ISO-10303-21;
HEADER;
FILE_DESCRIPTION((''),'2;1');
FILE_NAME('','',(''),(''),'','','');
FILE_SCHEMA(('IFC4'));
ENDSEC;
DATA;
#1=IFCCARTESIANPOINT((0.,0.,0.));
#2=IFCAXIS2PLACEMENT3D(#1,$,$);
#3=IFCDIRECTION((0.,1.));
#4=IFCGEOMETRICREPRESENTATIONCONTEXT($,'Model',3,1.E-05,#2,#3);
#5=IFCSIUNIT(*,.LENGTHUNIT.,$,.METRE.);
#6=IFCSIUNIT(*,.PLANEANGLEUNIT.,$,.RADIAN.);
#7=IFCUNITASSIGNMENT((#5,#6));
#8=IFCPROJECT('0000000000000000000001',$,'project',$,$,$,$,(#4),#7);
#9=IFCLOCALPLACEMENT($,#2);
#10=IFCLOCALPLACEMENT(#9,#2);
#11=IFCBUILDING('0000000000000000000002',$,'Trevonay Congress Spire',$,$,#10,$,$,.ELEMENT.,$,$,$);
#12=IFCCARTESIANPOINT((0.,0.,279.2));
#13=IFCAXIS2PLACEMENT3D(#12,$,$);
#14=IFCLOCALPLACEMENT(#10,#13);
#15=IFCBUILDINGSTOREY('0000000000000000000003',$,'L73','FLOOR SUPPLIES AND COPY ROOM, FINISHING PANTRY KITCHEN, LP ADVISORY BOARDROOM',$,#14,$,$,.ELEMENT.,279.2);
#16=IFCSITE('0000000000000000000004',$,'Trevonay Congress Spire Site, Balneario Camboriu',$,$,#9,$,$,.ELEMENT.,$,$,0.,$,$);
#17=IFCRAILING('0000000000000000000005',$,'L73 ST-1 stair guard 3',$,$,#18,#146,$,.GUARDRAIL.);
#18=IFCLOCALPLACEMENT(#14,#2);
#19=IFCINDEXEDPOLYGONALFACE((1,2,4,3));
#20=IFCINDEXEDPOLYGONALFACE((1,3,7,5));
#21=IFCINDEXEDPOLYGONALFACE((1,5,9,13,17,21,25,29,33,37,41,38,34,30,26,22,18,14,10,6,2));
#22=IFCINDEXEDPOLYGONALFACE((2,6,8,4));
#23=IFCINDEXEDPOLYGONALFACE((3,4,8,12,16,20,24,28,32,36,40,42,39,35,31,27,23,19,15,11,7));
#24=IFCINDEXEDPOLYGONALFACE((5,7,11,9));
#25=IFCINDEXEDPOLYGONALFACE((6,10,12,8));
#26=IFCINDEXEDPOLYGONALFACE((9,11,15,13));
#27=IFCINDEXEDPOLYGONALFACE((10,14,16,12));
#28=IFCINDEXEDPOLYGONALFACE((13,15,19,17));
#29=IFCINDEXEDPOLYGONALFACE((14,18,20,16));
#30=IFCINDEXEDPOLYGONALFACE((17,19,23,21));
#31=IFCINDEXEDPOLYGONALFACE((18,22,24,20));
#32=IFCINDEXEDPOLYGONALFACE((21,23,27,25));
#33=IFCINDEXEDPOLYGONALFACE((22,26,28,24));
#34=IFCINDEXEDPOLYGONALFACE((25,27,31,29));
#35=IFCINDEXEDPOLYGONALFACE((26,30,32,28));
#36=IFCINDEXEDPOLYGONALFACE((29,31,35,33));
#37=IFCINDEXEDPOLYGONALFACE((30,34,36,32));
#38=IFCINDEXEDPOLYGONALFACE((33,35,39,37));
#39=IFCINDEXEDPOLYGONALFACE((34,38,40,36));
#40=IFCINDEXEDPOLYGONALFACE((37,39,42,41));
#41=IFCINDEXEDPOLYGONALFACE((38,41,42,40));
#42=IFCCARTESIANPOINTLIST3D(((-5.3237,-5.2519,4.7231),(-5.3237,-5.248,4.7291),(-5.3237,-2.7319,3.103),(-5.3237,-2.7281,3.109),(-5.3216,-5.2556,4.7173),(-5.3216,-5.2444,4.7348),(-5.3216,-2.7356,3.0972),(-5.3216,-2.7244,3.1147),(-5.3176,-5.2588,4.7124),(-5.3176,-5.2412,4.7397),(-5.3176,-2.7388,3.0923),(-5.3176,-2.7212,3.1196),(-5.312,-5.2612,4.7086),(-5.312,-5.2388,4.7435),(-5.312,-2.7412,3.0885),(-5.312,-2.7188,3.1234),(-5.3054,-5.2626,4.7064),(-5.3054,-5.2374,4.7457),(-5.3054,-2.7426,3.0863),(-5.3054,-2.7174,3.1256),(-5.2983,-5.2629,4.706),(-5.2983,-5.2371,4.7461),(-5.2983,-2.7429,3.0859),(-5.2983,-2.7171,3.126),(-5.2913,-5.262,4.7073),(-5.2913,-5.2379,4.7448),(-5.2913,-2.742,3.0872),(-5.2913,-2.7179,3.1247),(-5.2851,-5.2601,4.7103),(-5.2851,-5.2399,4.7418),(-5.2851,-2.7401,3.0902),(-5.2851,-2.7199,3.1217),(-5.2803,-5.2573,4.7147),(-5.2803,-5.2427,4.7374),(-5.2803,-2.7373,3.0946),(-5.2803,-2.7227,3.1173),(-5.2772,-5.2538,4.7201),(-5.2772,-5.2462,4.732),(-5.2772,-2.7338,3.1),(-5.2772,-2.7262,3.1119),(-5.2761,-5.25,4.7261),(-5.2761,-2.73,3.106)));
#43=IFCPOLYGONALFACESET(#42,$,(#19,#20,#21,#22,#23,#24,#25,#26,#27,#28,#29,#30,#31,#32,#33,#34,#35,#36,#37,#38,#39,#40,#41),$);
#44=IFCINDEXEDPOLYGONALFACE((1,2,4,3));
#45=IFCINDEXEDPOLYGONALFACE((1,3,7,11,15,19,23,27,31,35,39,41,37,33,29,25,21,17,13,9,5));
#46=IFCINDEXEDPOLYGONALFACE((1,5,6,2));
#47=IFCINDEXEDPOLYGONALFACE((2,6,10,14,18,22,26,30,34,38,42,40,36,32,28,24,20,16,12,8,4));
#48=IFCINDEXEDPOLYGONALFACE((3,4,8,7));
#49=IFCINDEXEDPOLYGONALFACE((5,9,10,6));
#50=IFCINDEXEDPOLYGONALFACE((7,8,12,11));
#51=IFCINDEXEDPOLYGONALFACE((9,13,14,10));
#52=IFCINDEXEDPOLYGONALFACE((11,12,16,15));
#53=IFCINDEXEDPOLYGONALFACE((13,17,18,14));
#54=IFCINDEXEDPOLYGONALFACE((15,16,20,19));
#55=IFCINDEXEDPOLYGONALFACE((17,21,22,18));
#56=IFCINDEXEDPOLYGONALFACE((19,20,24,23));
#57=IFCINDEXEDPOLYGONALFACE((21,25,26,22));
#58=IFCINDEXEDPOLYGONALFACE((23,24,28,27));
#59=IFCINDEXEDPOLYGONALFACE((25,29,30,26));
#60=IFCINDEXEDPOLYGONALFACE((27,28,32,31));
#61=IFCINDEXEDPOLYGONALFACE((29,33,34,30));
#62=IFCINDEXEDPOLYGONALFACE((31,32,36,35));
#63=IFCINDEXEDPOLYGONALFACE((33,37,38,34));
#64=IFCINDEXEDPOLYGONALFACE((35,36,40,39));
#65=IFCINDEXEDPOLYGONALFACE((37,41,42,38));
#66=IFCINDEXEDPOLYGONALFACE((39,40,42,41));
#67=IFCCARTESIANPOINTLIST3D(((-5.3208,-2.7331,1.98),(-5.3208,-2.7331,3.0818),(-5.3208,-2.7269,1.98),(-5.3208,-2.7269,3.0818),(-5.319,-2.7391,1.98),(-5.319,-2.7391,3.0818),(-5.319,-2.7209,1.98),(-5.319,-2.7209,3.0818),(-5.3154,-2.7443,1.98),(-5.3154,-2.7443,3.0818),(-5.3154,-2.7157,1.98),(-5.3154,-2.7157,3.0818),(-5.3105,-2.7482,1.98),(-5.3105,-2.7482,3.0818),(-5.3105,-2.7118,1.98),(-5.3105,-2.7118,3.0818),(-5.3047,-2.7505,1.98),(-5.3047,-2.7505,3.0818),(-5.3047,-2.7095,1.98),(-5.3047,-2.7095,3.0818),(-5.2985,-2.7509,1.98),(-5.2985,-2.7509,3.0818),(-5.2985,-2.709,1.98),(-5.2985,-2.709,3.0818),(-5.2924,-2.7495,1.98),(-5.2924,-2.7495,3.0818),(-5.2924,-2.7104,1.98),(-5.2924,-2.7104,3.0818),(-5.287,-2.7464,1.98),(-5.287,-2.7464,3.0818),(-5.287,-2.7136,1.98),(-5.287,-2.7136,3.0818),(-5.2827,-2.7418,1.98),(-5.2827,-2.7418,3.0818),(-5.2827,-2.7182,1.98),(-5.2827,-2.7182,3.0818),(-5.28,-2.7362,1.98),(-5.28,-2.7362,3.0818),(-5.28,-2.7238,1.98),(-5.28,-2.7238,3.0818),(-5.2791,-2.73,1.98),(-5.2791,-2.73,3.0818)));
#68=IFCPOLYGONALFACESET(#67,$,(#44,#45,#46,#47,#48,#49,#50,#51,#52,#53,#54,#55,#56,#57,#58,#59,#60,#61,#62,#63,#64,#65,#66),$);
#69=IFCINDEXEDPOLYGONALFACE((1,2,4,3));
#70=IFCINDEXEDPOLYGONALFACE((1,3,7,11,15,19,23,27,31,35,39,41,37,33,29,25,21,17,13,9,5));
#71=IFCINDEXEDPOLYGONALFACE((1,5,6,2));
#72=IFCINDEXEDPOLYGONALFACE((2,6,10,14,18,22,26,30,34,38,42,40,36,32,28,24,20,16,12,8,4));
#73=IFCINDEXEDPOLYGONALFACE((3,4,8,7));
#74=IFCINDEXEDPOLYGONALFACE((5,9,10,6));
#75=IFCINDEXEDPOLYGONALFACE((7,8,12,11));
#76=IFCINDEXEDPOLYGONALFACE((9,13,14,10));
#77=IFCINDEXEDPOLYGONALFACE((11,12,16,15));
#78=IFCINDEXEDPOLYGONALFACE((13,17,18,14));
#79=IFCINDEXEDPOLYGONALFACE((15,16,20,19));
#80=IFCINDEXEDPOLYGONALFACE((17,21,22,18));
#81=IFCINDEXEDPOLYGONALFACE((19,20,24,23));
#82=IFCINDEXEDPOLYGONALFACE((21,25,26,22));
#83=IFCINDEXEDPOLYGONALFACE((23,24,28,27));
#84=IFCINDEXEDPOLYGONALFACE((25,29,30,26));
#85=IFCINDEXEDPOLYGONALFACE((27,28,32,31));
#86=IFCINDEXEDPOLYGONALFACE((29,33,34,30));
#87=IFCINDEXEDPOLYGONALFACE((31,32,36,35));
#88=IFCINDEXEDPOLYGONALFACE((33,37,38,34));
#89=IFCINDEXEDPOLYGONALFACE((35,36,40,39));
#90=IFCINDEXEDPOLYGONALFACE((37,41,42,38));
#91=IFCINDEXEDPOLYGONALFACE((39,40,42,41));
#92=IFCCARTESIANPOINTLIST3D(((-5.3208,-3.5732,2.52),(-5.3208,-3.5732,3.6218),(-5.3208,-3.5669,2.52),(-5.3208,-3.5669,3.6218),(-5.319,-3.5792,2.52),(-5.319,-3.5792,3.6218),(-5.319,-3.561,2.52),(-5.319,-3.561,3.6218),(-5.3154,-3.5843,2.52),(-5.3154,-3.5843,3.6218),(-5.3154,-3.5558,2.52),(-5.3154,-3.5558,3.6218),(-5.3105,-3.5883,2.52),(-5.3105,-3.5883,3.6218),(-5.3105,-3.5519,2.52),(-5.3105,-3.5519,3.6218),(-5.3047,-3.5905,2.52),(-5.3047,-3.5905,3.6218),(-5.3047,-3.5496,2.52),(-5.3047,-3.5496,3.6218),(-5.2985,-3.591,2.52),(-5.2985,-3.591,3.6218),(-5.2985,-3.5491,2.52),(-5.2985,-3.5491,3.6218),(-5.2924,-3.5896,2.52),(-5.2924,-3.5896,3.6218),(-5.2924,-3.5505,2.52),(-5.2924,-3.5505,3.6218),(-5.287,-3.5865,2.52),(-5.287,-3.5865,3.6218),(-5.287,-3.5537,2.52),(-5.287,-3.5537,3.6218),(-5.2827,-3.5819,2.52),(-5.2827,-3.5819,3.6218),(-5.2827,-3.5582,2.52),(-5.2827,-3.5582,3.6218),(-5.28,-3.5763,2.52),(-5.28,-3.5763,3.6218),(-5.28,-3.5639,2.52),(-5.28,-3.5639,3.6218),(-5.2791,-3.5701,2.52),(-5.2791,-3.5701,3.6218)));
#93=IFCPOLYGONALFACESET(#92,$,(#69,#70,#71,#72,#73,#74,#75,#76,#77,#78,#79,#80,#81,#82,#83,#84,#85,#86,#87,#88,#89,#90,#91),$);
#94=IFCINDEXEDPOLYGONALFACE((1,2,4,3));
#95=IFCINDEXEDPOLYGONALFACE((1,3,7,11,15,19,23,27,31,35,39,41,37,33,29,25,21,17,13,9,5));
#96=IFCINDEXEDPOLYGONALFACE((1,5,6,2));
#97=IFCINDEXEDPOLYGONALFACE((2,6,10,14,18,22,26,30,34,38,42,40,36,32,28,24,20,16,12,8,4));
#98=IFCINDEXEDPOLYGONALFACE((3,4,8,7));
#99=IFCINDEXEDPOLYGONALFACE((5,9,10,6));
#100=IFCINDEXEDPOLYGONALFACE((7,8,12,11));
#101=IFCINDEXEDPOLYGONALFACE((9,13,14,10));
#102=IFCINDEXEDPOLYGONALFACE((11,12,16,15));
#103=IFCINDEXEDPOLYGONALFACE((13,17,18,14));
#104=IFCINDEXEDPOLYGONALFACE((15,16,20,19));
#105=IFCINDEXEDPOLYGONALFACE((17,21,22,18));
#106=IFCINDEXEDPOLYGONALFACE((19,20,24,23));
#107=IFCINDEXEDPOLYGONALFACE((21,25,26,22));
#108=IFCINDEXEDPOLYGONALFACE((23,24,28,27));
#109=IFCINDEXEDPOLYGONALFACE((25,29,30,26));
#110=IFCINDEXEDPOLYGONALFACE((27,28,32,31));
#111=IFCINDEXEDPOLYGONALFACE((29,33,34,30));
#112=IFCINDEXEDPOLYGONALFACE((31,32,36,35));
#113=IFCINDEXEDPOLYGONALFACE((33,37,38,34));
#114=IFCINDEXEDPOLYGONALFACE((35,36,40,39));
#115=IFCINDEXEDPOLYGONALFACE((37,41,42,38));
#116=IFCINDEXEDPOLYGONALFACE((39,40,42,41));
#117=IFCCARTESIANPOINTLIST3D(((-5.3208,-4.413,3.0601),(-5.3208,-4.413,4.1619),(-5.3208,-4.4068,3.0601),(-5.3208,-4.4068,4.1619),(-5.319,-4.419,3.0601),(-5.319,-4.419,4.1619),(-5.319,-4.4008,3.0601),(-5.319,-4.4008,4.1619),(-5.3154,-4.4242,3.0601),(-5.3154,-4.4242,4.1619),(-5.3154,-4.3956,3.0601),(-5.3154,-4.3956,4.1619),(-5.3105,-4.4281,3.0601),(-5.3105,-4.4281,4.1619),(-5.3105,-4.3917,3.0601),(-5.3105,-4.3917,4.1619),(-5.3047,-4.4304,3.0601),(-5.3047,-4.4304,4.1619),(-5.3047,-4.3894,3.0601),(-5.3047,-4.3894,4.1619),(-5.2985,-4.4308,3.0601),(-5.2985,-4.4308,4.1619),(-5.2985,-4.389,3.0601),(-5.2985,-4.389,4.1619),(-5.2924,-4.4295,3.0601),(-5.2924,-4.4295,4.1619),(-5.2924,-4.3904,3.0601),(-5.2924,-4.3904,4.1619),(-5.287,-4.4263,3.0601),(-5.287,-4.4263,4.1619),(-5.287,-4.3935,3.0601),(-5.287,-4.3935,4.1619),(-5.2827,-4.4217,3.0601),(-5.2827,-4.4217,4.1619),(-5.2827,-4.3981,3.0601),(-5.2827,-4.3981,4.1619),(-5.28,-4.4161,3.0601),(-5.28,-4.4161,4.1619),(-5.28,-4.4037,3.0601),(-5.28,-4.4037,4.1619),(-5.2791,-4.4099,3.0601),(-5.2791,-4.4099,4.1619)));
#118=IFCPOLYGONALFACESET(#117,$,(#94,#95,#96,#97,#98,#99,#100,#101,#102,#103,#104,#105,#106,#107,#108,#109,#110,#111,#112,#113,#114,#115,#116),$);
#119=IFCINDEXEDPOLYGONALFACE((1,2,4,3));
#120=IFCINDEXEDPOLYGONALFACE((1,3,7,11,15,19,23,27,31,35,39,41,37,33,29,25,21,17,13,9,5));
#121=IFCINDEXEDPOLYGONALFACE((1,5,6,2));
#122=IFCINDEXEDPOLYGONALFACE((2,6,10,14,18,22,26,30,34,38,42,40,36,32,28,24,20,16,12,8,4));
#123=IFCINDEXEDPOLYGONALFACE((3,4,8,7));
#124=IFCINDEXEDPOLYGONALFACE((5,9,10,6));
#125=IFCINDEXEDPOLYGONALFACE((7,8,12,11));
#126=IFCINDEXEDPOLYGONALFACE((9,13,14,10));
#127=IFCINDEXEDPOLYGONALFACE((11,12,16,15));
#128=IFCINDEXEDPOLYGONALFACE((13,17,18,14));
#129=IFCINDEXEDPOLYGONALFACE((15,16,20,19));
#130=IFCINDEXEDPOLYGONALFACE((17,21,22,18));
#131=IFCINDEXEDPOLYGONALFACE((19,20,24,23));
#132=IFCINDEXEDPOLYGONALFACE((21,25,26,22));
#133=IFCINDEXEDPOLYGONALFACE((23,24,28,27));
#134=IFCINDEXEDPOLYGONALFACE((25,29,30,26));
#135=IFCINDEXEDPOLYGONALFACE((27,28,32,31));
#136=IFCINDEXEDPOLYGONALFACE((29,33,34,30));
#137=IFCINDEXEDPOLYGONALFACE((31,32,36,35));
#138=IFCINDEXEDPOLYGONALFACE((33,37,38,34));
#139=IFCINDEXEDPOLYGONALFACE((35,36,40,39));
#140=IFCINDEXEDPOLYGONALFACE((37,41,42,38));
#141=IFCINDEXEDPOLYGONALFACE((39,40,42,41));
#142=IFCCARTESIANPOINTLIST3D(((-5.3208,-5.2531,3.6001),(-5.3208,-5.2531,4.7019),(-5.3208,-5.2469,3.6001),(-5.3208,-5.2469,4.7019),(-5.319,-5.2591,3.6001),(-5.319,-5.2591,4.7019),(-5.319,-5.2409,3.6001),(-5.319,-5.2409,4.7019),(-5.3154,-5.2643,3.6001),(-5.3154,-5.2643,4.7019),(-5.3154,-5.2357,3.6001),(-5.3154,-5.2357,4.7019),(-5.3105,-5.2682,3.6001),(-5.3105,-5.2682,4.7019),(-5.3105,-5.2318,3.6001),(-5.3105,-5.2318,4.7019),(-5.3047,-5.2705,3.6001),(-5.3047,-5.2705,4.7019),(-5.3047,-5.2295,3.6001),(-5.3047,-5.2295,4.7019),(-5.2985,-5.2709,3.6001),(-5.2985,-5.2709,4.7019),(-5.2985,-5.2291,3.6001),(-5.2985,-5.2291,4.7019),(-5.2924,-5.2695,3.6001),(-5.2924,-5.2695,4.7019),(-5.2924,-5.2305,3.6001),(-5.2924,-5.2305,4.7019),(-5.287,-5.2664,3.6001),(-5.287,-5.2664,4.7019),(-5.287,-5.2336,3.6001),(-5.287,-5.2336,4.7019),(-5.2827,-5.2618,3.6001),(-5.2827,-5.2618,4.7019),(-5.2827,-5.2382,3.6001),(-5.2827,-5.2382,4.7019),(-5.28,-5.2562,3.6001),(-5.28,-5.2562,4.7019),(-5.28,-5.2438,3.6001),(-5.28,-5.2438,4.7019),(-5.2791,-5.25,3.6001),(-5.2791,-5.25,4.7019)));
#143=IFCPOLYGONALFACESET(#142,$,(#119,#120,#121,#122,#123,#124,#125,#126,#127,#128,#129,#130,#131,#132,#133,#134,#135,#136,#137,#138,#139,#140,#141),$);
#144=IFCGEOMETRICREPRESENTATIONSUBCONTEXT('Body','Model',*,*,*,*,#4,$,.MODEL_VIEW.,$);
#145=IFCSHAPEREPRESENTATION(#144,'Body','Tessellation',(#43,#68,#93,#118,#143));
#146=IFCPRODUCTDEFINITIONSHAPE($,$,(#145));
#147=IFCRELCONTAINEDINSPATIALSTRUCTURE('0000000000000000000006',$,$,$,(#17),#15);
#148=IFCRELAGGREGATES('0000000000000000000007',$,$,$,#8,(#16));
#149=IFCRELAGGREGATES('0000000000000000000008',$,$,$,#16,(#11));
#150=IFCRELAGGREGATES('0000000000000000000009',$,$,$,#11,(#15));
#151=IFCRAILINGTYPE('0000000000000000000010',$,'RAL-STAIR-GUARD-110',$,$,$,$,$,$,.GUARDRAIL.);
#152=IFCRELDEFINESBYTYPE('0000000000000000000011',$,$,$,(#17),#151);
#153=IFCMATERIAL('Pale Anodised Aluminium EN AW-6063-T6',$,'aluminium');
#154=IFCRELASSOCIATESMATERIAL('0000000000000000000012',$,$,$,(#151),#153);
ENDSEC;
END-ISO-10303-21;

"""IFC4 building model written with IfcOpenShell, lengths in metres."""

from ifc_helpers import new_model, si_unit, direction, frame, origin, origin_2d, place, context, subcontext, project, spatial, circle, extrude, material, type_object, element, save


model = new_model("IFC4")

# Units and contexts
model_context = context("Model", 3, precision=1e-05, world=origin(), true_north=direction((0.0, 1.0)))
body_context = subcontext(model_context, "Body", "Model", "MODEL_VIEW")
ifc_project = project(units=[si_unit("LENGTHUNIT", "METRE"), si_unit("PLANEANGLEUNIT", "RADIAN")], contexts=[model_context])

# Site, building, storey
site_placement = place(None, origin())
site = spatial("IfcSite", under=ifc_project, at=site_placement, Name="Trevonay Congress Spire Site, Balneario Camboriu", CompositionType="ELEMENT", RefElevation=0.0)
building_placement = place(site_placement, origin())
building = spatial("IfcBuilding", under=site, at=building_placement, Name="Trevonay Congress Spire", CompositionType="ELEMENT")
storey_placement = place(building_placement, frame((0.0, 0.0, 279.2)))
storey = spatial("IfcBuildingStorey", under=building, at=storey_placement, Name="L73", Description="FLOOR SUPPLIES AND COPY ROOM, FINISHING PANTRY KITCHEN, LP ADVISORY BOARDROOM", CompositionType="ELEMENT", Elevation=279.2)

# Railing
ifc_material_1 = material(Name="Pale Anodised Aluminium EN AW-6063-T6", Category="aluminium")
railing_type_1 = type_object("IfcRailingType", Name="RAL-STAIR-GUARD-110", PredefinedType="GUARDRAIL", material=ifc_material_1)
railing_1_placement = place(storey_placement, frame((-5.3, -2.73, 1.98)))
element("IfcRailing", 1, at=railing_1_placement, inside=storey, type_object=railing_type_1, Name="L73 ST-1 stair guard 3", PredefinedType="GUARDRAIL", context=body_context, shape_type="SweptSolid", body=[
    extrude(circle(Radius=0.0239, at=origin_2d()), frame((0.0, 0.0, 1.126), z_axis=(0.0, -0.841163, 0.540782), x_axis=(1.0, 0.0, 0.0)), (0.0, 0.0, 1.0), 2.9958),
    extrude(circle(Radius=0.021, at=origin_2d()), origin(), (0.0, 0.0, 1.0), 1.1018),
    extrude(circle(Radius=0.021, at=origin_2d()), frame((0.0, -0.8401, 0.54)), (0.0, 0.0, 1.0), 1.1018),
    extrude(circle(Radius=0.021, at=origin_2d()), frame((0.0, -1.6799, 1.0801)), (0.0, 0.0, 1.0), 1.1018),
    extrude(circle(Radius=0.021, at=origin_2d()), frame((0.0, -2.52, 1.6201)), (0.0, 0.0, 1.0), 1.1018),
])

save(model, "model.ifc")
